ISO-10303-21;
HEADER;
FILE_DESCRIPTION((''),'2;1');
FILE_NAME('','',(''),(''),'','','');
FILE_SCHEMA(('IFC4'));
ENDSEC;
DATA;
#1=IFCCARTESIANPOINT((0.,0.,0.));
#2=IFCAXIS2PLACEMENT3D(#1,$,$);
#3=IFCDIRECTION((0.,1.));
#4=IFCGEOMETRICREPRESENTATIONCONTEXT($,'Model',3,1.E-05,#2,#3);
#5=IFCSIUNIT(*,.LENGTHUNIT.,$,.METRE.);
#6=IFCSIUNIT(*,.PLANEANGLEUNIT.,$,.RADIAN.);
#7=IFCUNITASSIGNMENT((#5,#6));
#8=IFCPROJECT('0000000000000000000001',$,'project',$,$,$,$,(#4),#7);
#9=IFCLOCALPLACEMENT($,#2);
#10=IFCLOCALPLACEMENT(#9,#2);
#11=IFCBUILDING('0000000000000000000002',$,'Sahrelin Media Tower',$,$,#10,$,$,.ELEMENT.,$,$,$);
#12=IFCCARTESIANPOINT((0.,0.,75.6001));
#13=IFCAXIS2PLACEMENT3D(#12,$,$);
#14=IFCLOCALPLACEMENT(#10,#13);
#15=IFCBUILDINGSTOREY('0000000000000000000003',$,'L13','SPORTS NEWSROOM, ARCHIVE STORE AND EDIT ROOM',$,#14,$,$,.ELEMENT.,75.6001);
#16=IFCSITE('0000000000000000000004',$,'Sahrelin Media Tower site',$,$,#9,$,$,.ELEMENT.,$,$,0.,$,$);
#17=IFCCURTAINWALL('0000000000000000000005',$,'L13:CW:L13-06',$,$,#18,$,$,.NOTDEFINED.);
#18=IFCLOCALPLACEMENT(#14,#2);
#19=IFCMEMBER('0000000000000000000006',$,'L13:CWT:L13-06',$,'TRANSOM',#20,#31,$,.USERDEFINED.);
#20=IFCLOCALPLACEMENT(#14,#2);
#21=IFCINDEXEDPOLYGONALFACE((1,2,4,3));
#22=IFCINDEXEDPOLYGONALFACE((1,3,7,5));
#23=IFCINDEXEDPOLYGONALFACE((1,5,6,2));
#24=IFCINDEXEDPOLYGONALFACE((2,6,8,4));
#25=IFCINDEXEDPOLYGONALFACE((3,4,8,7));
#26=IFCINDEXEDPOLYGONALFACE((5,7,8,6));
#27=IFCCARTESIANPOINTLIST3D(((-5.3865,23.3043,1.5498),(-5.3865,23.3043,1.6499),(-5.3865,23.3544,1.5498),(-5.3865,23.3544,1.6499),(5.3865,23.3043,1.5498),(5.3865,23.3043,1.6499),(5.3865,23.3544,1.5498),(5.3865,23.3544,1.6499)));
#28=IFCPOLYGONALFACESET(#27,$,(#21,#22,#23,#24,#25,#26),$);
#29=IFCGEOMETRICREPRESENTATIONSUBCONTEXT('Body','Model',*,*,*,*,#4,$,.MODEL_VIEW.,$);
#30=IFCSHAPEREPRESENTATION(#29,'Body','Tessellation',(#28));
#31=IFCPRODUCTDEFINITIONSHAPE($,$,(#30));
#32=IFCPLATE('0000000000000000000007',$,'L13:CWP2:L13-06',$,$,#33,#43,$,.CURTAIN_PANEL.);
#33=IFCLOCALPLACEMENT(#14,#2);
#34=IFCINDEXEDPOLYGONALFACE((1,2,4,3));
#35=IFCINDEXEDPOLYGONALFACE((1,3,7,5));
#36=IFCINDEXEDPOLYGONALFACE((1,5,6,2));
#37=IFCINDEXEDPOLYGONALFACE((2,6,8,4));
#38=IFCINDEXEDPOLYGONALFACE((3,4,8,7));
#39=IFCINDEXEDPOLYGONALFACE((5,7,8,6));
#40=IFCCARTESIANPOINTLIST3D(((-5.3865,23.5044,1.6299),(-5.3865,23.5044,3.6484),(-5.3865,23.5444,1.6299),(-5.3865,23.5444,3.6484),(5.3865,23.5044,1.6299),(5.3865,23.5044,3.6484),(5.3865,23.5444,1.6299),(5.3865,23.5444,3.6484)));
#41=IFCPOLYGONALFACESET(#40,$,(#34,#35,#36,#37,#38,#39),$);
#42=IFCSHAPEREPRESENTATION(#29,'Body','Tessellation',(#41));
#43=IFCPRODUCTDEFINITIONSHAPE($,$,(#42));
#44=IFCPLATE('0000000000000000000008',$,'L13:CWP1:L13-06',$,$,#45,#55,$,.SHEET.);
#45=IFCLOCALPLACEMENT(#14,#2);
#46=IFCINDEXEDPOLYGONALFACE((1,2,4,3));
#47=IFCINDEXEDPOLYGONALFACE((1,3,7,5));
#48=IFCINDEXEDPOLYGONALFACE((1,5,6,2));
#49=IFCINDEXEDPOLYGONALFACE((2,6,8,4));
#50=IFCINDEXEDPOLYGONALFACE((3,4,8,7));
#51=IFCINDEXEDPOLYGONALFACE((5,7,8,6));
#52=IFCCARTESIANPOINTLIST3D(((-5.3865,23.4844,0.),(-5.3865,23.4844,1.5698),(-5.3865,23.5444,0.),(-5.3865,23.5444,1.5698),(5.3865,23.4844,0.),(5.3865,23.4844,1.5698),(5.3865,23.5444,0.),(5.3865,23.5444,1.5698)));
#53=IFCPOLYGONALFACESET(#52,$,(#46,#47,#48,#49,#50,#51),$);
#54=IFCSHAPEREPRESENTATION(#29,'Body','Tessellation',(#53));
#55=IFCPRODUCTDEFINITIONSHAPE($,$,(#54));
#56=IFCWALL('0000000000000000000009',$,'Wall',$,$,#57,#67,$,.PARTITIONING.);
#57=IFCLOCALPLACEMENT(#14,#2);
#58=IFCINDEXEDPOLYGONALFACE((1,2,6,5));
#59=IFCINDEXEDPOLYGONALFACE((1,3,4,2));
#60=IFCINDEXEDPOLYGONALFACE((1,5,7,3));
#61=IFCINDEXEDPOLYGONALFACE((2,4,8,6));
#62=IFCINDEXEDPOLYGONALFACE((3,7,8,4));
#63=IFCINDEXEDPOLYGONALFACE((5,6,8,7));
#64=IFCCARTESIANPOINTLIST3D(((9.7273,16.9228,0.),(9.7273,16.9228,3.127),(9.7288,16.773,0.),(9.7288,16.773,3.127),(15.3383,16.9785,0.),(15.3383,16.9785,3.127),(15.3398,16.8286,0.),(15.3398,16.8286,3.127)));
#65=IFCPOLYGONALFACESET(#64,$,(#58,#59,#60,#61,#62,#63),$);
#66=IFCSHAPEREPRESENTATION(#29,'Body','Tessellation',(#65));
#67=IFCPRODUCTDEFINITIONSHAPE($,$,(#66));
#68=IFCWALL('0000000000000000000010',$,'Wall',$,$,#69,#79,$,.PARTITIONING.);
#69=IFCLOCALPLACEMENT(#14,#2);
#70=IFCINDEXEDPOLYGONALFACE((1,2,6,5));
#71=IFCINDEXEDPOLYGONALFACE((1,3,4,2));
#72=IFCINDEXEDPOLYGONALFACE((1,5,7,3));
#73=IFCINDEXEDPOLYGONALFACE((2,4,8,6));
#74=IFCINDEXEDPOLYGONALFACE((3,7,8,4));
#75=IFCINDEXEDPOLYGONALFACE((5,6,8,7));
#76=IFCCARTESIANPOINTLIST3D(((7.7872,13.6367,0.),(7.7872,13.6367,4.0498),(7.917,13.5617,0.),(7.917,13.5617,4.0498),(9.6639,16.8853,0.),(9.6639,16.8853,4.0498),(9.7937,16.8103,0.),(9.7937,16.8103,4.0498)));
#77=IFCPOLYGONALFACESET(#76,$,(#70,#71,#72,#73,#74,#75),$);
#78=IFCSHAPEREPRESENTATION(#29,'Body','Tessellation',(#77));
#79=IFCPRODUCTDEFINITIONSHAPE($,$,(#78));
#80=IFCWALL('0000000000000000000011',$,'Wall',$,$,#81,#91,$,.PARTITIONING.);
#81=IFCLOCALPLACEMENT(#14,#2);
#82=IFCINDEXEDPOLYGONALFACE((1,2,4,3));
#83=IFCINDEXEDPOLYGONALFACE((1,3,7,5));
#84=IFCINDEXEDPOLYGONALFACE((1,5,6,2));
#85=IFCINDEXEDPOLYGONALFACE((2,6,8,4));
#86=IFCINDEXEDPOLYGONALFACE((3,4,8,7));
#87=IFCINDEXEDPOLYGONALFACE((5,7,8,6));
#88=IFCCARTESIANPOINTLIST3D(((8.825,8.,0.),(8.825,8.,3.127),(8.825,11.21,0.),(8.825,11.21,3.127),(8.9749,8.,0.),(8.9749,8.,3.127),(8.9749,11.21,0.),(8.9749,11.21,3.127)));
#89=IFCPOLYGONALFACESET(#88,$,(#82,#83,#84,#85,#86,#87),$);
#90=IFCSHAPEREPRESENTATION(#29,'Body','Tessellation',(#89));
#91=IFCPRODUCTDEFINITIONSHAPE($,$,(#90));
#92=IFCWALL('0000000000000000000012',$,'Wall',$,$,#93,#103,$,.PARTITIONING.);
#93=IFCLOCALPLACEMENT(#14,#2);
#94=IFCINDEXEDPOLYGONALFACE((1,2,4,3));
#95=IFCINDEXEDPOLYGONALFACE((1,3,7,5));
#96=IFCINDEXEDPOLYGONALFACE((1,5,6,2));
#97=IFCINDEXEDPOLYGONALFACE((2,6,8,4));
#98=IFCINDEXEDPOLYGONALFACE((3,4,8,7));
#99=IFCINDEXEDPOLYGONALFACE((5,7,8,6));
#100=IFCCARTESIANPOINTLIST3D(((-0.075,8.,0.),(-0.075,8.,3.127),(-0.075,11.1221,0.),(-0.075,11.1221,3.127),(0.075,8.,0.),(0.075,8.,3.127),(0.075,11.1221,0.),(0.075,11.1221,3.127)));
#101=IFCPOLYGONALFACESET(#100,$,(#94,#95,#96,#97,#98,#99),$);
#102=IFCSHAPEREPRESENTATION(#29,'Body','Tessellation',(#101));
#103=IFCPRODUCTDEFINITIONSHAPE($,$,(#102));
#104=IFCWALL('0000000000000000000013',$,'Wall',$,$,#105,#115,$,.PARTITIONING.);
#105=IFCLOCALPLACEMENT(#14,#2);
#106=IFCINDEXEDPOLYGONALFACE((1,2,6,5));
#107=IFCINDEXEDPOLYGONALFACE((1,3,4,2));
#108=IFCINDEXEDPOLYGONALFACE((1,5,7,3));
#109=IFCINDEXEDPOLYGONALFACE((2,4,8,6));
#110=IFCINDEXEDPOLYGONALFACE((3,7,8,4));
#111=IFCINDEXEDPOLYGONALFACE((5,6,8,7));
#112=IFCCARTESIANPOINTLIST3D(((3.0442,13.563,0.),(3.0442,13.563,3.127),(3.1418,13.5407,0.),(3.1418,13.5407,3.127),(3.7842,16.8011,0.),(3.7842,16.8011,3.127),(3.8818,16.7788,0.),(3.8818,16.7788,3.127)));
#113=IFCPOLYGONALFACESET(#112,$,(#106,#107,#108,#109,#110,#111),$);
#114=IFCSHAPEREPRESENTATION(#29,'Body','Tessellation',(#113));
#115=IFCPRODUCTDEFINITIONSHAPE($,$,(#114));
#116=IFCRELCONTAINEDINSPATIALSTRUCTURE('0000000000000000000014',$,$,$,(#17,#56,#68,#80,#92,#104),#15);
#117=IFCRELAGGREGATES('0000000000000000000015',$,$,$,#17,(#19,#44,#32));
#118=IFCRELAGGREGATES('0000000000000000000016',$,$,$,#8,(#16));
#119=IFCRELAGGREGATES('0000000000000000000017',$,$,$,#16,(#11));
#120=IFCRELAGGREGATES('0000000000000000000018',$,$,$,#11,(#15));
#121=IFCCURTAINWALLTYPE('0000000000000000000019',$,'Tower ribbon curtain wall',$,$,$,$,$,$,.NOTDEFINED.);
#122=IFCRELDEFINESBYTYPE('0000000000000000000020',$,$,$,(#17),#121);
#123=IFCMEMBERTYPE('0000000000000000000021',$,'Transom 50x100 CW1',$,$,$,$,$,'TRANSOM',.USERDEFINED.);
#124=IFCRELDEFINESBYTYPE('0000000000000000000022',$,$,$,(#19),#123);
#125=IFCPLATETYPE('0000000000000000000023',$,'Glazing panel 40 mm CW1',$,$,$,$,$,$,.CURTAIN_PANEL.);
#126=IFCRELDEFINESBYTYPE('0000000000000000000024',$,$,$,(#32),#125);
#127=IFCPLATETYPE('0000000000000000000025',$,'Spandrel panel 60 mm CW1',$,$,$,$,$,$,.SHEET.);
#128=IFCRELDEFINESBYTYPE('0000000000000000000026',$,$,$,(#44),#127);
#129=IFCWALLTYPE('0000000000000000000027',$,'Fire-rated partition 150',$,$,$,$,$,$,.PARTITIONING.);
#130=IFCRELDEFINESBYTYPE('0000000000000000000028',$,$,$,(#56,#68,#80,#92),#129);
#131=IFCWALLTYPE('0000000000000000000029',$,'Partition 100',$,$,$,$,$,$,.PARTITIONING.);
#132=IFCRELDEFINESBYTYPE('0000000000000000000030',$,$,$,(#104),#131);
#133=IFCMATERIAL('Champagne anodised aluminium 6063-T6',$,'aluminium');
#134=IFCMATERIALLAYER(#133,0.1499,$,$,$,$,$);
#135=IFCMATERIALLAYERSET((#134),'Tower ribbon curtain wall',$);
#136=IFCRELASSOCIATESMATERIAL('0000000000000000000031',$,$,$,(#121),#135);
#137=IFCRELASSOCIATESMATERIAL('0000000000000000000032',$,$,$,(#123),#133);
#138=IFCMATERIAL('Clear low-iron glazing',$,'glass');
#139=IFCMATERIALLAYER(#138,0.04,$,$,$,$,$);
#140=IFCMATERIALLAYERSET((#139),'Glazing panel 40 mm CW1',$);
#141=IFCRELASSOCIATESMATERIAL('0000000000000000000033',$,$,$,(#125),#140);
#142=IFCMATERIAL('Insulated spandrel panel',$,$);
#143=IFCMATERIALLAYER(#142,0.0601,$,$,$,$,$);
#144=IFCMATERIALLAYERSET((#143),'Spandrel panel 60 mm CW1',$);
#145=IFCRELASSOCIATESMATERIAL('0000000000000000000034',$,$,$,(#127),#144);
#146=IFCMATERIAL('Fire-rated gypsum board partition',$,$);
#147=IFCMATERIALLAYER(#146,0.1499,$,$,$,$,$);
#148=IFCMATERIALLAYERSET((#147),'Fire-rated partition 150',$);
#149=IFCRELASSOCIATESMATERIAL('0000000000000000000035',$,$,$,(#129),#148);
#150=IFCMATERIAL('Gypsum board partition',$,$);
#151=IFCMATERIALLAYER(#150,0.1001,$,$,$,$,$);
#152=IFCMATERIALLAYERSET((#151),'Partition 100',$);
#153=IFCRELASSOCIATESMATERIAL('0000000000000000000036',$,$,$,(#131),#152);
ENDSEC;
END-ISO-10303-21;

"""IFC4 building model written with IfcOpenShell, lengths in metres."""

from ifc_helpers import new_model, si_unit, direction, frame, frame_2d, origin, origin_2d, place, context, subcontext, project, spatial, polyline, rectangle, outline, extrude, material, layer, layer_set, material_profile, profile_set, type_object, element, aggregate, save


model = new_model("IFC4")

# Units and contexts
model_context = context("Model", 3, precision=1e-05, world=origin(), true_north=direction((0.0, 1.0)))
body_context = subcontext(model_context, "Body", "Model", "MODEL_VIEW")
ifc_project = project(units=[si_unit("LENGTHUNIT", "METRE"), si_unit("PLANEANGLEUNIT", "RADIAN")], contexts=[model_context])

# Site, building, storey
site_placement = place(None, origin())
site = spatial("IfcSite", under=ifc_project, at=site_placement, Name="Sahrelin Media Tower site", CompositionType="ELEMENT", RefElevation=0.0)
building_placement = place(site_placement, origin())
building = spatial("IfcBuilding", under=site, at=building_placement, Name="Sahrelin Media Tower", CompositionType="ELEMENT")
storey_placement = place(building_placement, frame((0.0, 0.0, 75.6001)))
storey = spatial("IfcBuildingStorey", under=building, at=storey_placement, Name="L13", Description="SPORTS NEWSROOM, ARCHIVE STORE AND EDIT ROOM", CompositionType="ELEMENT", Elevation=75.6001)

# Curtain wall
ifc_material_1 = material(Name="Champagne anodised aluminium 6063-T6", Category="aluminium")
ifc_layer_1 = layer(ifc_material_1, 0.1499)
ifc_layer_set_1 = layer_set([ifc_layer_1], Name="Tower ribbon curtain wall")
curtain_wall_type = type_object("IfcCurtainWallType", Name="Tower ribbon curtain wall", PredefinedType="NOTDEFINED", material=ifc_layer_set_1)
placement = place(storey_placement, frame((0.0, 23.5244, 0.0), z_axis=(0.0, 0.0, 1.0), x_axis=(1.0, 0.0, 0.0)))
curtain_wall_1 = element("IfcCurtainWall", 1, at=placement, inside=storey, type_object=curtain_wall_type, Name="L13:CW:L13-06", PredefinedType="NOTDEFINED")

# Member
ifc_material_profile_1 = material_profile(ifc_material_1, rectangle(XDim=0.05, YDim=0.1001, at=origin_2d()), Name="Transom 50x100")
ifc_profile_set_1 = profile_set([ifc_material_profile_1], Name="Champagne anodised aluminium 6063-T6")
member_type_1 = type_object("IfcMemberType", Name="Transom 50x100 CW1", ElementType="TRANSOM", PredefinedType="USERDEFINED", material=ifc_profile_set_1)
member_1_placement = place(storey_placement, frame((5.3865, 23.3293, 1.5999), z_axis=(-1.0, 0.0, 0.0), x_axis=(0.0, -1.0, 0.0)))
member_1 = element("IfcMember", 2, at=member_1_placement, type_object=member_type_1, Name="L13:CWT:L13-06", ObjectType="TRANSOM", PredefinedType="USERDEFINED", context=body_context, shape_type="SweptSolid", body=[
    extrude(rectangle(XDim=0.05, YDim=0.1001, at=origin_2d()), origin(), (0.0, 0.0, 1.0), 10.7729),
])

# Plates
ifc_material_2 = material(Name="Clear low-iron glazing", Category="glass")
ifc_layer_2 = layer(ifc_material_2, 0.04)
ifc_layer_set_2 = layer_set([ifc_layer_2], Name="Glazing panel 40 mm CW1")
plate_type_1 = type_object("IfcPlateType", Name="Glazing panel 40 mm CW1", PredefinedType="CURTAIN_PANEL", material=ifc_layer_set_2)
plate_1_placement = place(storey_placement, frame((5.3865, 23.5444, 1.6299), z_axis=(0.0, 1.0, 0.0), x_axis=(-1.0, 0.0, 0.0)))
plate_1 = element("IfcPlate", 3, at=plate_1_placement, type_object=plate_type_1, Name="L13:CWP2:L13-06", PredefinedType="CURTAIN_PANEL", context=body_context, shape_type="SweptSolid", body=[
    extrude(outline(polyline([(0.0, 0.0), (10.7729, 0.0), (10.7729, 2.0186), (0.0, 2.0186), (0.0, 0.0)])), origin(), (0.0, 0.0, -1.0), 0.04),
])
ifc_material_3 = material(Name="Insulated spandrel panel")
ifc_layer_3 = layer(ifc_material_3, 0.0601)
ifc_layer_set_3 = layer_set([ifc_layer_3], Name="Spandrel panel 60 mm CW1")
plate_type_2 = type_object("IfcPlateType", Name="Spandrel panel 60 mm CW1", PredefinedType="SHEET", material=ifc_layer_set_3)
plate_2_placement = place(storey_placement, frame((5.3865, 23.5444, 0.0), z_axis=(0.0, 1.0, 0.0), x_axis=(-1.0, 0.0, 0.0)))
plate_2 = element("IfcPlate", 4, at=plate_2_placement, type_object=plate_type_2, Name="L13:CWP1:L13-06", PredefinedType="SHEET", context=body_context, shape_type="SweptSolid", body=[
    extrude(outline(polyline([(0.0, 0.0), (10.7729, 0.0), (10.7729, 1.5698), (0.0, 1.5698), (0.0, 0.0)])), origin(), (0.0, 0.0, -1.0), 0.0601),
])
aggregate(curtain_wall_1, [member_1, plate_2, plate_1])

# Walls
ifc_material_4 = material(Name="Fire-rated gypsum board partition")
ifc_layer_4 = layer(ifc_material_4, 0.1499)
ifc_layer_set_4 = layer_set([ifc_layer_4], Name="Fire-rated partition 150")
wall_type_1 = type_object("IfcWallType", Name="Fire-rated partition 150", PredefinedType="PARTITIONING", material=ifc_layer_set_4)
wall_1_placement = place(storey_placement, frame((9.728, 16.8479, 0.0), z_axis=(0.0, 0.0, 1.0), x_axis=(0.999951, 0.00992, 0.0)))
element("IfcWall", 5, at=wall_1_placement, inside=storey, type_object=wall_type_1, Name="Wall", PredefinedType="PARTITIONING", context=body_context, shape_type="SweptSolid", body=[
    extrude(rectangle(XDim=5.6113, YDim=0.1499, at=frame_2d((2.8057, 0.0))), origin(), (0.0, 0.0, 1.0), 3.127),
])
wall_2_placement = place(storey_placement, frame((7.8521, 13.5991, 0.0), z_axis=(0.0, 0.0, 1.0), x_axis=(0.500233, 0.865891, 0.0)))
element("IfcWall", 6, at=wall_2_placement, inside=storey, type_object=wall_type_1, Name="Wall", PredefinedType="PARTITIONING", context=body_context, shape_type="SweptSolid", body=[
    extrude(rectangle(XDim=3.7517, YDim=0.1499, at=frame_2d((1.876, 0.0))), origin(), (0.0, 0.0, 1.0), 4.0498),
])
wall_3_placement = place(storey_placement, frame((8.8999, 8.0, 0.0), z_axis=(0.0, 0.0, 1.0), x_axis=(0.0, 1.0, 0.0)))
element("IfcWall", 7, at=wall_3_placement, inside=storey, type_object=wall_type_1, Name="Wall", PredefinedType="PARTITIONING", context=body_context, shape_type="SweptSolid", body=[
    extrude(rectangle(XDim=3.21, YDim=0.1499, at=frame_2d((1.605, 0.0))), origin(), (0.0, 0.0, 1.0), 3.127),
])
wall_4_placement = place(storey_placement, frame((0.0, 8.0, 0.0), z_axis=(0.0, 0.0, 1.0), x_axis=(0.0, 1.0, 0.0)))
element("IfcWall", 8, at=wall_4_placement, inside=storey, type_object=wall_type_1, Name="Wall", PredefinedType="PARTITIONING", context=body_context, shape_type="SweptSolid", body=[
    extrude(rectangle(XDim=3.1221, YDim=0.1499, at=frame_2d((1.561, 0.0))), origin(), (0.0, 0.0, 1.0), 3.127),
])
ifc_material_5 = material(Name="Gypsum board partition")
ifc_layer_5 = layer(ifc_material_5, 0.1001)
ifc_layer_set_5 = layer_set([ifc_layer_5], Name="Partition 100")
wall_type_2 = type_object("IfcWallType", Name="Partition 100", PredefinedType="PARTITIONING", material=ifc_layer_set_5)
wall_5_placement = place(storey_placement, frame((3.093, 13.552, 0.0), z_axis=(0.0, 0.0, 1.0), x_axis=(0.222787, 0.974867, 0.0)))
element("IfcWall", 9, at=wall_5_placement, inside=storey, type_object=wall_type_2, Name="Wall", PredefinedType="PARTITIONING", context=body_context, shape_type="SweptSolid", body=[
    extrude(rectangle(XDim=3.3215, YDim=0.1001, at=frame_2d((1.6606, 0.0))), origin(), (0.0, 0.0, 1.0), 3.127),
])

save(model, "model.ifc")
